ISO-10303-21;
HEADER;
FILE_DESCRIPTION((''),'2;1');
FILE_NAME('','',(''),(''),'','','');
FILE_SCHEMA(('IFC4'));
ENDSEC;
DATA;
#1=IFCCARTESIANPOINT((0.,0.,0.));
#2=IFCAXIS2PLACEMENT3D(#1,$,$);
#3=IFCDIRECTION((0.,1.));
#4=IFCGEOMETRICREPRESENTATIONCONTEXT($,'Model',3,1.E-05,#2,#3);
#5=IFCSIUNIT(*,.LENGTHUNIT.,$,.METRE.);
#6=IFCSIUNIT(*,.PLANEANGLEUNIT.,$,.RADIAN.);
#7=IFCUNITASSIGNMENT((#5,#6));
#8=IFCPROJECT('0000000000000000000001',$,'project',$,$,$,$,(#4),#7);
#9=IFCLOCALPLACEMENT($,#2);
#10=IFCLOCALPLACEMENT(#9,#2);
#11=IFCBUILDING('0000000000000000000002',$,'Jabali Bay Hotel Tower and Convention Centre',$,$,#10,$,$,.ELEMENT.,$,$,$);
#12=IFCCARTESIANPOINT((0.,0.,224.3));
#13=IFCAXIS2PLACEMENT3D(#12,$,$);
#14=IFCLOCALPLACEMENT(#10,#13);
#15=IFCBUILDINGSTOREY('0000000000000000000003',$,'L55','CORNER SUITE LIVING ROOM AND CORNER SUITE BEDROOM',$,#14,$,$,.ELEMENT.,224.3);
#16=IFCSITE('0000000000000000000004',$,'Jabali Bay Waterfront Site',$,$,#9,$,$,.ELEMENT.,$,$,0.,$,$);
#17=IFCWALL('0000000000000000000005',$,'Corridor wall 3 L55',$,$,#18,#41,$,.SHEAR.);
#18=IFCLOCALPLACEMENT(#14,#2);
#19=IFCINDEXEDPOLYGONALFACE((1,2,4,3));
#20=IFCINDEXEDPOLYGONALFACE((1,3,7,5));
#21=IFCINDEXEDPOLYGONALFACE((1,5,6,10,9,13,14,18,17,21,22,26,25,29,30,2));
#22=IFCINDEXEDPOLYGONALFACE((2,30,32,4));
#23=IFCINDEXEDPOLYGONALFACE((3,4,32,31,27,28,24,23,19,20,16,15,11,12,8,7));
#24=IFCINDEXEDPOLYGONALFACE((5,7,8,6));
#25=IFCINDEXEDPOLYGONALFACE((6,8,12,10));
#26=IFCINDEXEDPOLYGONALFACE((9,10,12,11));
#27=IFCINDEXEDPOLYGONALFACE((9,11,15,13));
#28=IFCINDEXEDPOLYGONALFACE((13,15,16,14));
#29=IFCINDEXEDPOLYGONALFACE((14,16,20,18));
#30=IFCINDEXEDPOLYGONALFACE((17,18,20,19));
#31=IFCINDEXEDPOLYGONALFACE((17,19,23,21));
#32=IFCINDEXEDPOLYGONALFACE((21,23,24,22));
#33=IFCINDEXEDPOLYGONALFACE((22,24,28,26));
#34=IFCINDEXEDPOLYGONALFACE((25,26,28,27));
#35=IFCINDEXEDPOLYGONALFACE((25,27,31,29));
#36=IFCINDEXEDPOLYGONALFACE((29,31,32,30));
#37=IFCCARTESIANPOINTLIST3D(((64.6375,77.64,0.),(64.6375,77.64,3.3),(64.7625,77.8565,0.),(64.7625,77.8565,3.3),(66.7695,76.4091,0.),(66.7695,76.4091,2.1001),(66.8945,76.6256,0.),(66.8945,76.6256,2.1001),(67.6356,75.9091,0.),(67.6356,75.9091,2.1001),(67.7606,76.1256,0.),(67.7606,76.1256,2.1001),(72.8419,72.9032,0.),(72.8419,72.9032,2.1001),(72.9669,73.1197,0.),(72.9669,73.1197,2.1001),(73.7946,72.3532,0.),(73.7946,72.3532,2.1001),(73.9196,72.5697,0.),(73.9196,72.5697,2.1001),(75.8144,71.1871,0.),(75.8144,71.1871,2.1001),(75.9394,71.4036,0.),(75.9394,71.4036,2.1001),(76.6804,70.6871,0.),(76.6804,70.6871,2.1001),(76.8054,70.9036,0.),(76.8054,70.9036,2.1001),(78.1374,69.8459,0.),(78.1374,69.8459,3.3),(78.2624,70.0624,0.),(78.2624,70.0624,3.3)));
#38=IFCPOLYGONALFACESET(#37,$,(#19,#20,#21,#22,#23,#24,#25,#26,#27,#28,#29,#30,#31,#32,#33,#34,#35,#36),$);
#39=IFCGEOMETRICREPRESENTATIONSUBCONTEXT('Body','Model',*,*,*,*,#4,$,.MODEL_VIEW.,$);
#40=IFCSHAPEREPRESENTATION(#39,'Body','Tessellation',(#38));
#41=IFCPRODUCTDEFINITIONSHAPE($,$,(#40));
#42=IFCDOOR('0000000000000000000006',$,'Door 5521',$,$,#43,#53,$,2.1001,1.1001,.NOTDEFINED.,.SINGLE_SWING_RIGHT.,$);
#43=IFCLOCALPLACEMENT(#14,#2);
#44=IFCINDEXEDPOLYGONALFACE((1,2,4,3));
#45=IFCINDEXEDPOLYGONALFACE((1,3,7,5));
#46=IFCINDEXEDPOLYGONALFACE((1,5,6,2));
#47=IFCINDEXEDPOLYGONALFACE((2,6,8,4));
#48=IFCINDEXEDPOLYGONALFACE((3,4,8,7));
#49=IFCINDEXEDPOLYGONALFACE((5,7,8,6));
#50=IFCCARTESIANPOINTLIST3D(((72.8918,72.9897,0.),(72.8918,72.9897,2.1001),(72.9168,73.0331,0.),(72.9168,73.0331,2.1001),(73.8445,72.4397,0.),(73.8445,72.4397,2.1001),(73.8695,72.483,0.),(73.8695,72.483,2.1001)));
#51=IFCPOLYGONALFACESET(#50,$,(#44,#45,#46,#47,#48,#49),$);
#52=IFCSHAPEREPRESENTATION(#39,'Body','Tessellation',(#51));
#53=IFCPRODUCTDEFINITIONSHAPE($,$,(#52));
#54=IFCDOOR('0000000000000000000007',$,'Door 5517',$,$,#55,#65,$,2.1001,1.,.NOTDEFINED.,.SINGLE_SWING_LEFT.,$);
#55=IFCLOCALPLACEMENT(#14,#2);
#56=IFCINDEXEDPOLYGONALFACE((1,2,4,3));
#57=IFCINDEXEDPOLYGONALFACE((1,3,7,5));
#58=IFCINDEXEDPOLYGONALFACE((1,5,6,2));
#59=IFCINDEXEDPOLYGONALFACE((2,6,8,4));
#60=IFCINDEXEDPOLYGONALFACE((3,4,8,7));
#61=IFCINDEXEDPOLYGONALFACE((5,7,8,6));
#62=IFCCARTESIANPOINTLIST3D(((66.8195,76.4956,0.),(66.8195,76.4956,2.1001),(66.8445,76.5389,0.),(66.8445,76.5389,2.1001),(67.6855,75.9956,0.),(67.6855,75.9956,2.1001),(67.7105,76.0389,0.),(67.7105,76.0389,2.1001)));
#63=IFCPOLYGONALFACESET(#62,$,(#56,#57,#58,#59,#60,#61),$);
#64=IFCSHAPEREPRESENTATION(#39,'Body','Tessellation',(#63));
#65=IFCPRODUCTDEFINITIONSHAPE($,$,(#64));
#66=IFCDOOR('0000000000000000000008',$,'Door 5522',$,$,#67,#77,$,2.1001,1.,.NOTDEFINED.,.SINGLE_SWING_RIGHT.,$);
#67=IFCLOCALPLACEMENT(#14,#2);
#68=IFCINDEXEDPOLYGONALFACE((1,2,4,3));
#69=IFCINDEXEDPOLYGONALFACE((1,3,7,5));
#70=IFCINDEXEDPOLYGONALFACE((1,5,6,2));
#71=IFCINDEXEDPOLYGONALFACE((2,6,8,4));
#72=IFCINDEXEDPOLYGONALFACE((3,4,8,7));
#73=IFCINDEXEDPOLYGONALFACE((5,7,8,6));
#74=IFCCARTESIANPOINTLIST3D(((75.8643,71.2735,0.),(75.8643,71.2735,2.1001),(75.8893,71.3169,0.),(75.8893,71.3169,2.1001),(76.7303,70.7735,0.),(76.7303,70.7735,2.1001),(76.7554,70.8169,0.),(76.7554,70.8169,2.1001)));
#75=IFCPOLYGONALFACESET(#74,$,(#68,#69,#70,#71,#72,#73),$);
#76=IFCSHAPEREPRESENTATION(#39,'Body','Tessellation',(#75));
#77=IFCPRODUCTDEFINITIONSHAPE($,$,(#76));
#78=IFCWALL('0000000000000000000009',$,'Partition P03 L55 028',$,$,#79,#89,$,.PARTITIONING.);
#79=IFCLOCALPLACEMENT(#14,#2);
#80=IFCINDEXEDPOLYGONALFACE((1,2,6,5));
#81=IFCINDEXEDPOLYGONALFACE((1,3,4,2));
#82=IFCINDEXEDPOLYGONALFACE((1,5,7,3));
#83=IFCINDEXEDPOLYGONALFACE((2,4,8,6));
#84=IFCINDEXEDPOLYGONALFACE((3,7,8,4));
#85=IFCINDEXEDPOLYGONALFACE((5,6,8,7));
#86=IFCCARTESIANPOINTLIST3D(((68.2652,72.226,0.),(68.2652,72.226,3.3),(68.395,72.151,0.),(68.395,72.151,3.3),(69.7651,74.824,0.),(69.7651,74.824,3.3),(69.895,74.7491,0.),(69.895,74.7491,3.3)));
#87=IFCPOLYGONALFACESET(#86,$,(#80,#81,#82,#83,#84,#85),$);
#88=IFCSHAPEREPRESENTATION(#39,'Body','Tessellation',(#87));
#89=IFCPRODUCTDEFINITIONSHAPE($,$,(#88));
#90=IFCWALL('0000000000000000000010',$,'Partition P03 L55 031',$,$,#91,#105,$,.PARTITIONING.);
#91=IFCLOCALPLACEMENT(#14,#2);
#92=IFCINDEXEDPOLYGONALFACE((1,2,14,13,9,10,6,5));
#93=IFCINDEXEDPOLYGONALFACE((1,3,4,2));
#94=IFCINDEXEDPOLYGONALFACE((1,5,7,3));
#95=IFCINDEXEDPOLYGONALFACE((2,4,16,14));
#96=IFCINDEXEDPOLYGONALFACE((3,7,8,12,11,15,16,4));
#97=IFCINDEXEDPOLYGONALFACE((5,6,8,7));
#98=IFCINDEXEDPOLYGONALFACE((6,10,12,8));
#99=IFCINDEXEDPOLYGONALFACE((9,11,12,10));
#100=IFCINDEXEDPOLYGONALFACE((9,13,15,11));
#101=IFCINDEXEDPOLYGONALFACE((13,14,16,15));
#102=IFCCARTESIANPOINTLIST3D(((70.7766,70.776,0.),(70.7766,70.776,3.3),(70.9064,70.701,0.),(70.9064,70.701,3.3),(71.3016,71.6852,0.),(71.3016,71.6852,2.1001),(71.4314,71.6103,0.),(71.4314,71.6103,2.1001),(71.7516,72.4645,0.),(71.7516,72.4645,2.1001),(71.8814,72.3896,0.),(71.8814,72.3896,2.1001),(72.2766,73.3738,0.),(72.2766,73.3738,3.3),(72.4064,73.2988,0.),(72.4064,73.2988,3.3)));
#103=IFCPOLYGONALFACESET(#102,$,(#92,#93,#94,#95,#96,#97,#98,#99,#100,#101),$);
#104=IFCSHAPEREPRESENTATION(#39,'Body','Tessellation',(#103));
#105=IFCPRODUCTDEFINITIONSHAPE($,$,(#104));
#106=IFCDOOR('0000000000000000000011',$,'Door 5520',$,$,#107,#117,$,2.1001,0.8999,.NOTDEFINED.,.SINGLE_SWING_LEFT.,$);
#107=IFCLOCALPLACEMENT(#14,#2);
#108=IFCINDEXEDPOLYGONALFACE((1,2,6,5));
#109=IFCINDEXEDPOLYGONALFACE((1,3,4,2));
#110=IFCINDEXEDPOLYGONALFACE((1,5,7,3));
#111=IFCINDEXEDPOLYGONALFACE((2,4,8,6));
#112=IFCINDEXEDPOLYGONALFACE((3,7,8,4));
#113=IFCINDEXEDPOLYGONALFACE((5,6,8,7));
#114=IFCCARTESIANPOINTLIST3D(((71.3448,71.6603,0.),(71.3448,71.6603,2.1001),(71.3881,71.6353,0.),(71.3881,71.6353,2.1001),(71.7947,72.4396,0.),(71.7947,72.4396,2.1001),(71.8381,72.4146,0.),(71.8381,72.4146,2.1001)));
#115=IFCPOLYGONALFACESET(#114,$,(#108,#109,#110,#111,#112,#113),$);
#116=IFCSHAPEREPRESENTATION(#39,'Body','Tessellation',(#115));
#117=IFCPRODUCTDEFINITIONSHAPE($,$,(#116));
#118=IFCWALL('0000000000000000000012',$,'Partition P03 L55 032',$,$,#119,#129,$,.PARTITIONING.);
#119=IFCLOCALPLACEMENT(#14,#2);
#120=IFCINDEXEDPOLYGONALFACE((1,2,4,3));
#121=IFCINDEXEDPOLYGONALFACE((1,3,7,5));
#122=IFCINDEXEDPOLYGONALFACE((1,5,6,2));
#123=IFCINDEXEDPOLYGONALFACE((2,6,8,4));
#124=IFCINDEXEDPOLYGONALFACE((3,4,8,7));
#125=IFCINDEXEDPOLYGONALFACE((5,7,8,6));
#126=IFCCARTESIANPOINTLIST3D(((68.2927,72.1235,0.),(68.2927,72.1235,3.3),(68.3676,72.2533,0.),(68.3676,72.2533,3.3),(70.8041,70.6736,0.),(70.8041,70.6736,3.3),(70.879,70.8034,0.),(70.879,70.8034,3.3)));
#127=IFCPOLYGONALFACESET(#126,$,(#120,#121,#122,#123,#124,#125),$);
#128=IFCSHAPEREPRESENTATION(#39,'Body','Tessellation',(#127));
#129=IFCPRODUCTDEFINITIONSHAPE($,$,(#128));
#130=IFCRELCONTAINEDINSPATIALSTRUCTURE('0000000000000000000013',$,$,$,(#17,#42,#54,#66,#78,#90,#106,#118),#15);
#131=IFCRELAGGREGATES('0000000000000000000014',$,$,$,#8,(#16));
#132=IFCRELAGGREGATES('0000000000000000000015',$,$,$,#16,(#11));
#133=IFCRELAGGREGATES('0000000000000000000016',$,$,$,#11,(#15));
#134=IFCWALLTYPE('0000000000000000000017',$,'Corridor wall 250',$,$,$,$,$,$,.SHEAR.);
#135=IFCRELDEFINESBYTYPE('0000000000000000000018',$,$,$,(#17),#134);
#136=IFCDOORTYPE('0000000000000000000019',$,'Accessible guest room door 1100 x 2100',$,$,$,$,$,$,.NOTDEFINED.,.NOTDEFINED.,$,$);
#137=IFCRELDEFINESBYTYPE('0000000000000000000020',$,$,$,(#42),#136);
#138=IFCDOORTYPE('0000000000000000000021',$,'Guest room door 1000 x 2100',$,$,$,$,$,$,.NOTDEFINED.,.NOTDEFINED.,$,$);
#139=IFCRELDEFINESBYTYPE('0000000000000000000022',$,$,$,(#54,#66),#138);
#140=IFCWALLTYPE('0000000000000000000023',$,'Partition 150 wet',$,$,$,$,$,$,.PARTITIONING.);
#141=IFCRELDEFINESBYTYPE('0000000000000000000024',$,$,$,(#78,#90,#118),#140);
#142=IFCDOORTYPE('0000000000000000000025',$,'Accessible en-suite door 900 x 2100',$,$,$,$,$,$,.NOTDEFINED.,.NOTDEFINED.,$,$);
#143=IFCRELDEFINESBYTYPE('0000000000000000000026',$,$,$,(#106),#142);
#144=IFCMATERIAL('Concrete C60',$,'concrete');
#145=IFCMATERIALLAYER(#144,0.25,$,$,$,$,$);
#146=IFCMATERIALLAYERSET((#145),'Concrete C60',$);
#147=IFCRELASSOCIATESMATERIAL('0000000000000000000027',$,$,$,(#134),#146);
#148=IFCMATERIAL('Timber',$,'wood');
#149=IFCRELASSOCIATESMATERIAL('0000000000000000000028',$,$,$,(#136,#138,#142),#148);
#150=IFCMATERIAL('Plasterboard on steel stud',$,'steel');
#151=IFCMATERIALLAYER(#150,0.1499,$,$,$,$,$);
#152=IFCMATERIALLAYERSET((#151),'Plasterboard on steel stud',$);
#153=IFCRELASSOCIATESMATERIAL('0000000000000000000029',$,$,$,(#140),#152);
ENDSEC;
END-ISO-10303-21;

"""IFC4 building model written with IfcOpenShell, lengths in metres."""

from ifc_helpers import new_model, si_unit, direction, frame, frame_2d, origin, place, context, subcontext, project, spatial, rectangle, extrude, material, layer, layer_set, type_object, element, fill, save


model = new_model("IFC4")

# Units and contexts
model_context = context("Model", 3, precision=1e-05, world=origin(), true_north=direction((0.0, 1.0)))
body_context = subcontext(model_context, "Body", "Model", "MODEL_VIEW")
ifc_project = project(units=[si_unit("LENGTHUNIT", "METRE"), si_unit("PLANEANGLEUNIT", "RADIAN")], contexts=[model_context])

# Site, building, storey
site_placement = place(None, origin())
site = spatial("IfcSite", under=ifc_project, at=site_placement, Name="Jabali Bay Waterfront Site", CompositionType="ELEMENT", RefElevation=0.0)
building_placement = place(site_placement, origin())
building = spatial("IfcBuilding", under=site, at=building_placement, Name="Jabali Bay Hotel Tower and Convention Centre", CompositionType="ELEMENT")
storey_placement = place(building_placement, frame((0.0, 0.0, 224.3)))
storey = spatial("IfcBuildingStorey", under=building, at=storey_placement, Name="L55", Description="CORNER SUITE LIVING ROOM AND CORNER SUITE BEDROOM", CompositionType="ELEMENT", Elevation=224.3)

# Shared definitions
ifc_material_1 = material(Name="Concrete C60", Category="concrete")

# Wall, openings, doors
ifc_layer_1 = layer(ifc_material_1, 0.25)
ifc_layer_set_1 = layer_set([ifc_layer_1], Name="Concrete C60")
wall_type_1 = type_object("IfcWallType", Name="Corridor wall 250", PredefinedType="SHEAR", material=ifc_layer_set_1)
wall_1_placement = place(storey_placement, frame((64.7, 77.7483, 0.0), z_axis=(0.0, 0.0, 1.0), x_axis=(0.866026, -0.499998, 0.0)))
wall_1 = element("IfcWall", 1, at=wall_1_placement, inside=storey, type_object=wall_type_1, Name="Corridor wall 3 L55", PredefinedType="SHEAR", context=body_context, shape_type="SweptSolid", body=[
    extrude(rectangle(XDim=15.5884, YDim=0.25, at=frame_2d((7.7942, 0.0))), origin(), (0.0, 0.0, 1.0), 3.3),
])
opening_1_placement = place(wall_1_placement, frame((2.4619, 0.0, 0.0)))
opening_1 = element("IfcOpeningElement", 2, at=opening_1_placement, cuts=wall_1, PredefinedType="OPENING", context=body_context, shape_type="SweptSolid", body=[
    extrude(rectangle(XDim=1.0, YDim=2.1001, at=frame_2d((0.5, 1.05))), frame((0.0, 0.1355, 0.0), z_axis=(0.0, -1.0, 0.0), x_axis=(1.0, 0.0, 0.0)), (0.0, 0.0, 1.0), 0.271),
])
opening_2_placement = place(wall_1_placement, frame((9.4736, 0.0, 0.0)))
opening_2 = element("IfcOpeningElement", 3, at=opening_2_placement, cuts=wall_1, PredefinedType="OPENING", context=body_context, shape_type="SweptSolid", body=[
    extrude(rectangle(XDim=1.1001, YDim=2.1001, at=frame_2d((0.55, 1.05))), frame((0.0, 0.1355, 0.0), z_axis=(0.0, -1.0, 0.0), x_axis=(1.0, 0.0, 0.0)), (0.0, 0.0, 1.0), 0.271),
])
opening_3_placement = place(wall_1_placement, frame((12.906, 0.0, 0.0)))
opening_3 = element("IfcOpeningElement", 4, at=opening_3_placement, cuts=wall_1, PredefinedType="OPENING", context=body_context, shape_type="SweptSolid", body=[
    extrude(rectangle(XDim=1.0, YDim=2.1001, at=frame_2d((0.5, 1.05))), frame((0.0, 0.1355, 0.0), z_axis=(0.0, -1.0, 0.0), x_axis=(1.0, 0.0, 0.0)), (0.0, 0.0, 1.0), 0.271),
])
ifc_material_2 = material(Name="Timber", Category="wood")
door_type_1 = type_object("IfcDoorType", Name="Accessible guest room door 1100 x 2100", OperationType="NOTDEFINED", PredefinedType="NOTDEFINED", material=ifc_material_2)
door_1_placement = place(opening_2_placement, origin())
door_1 = element("IfcDoor", 5, at=door_1_placement, inside=storey, type_object=door_type_1, Name="Door 5521", OperationType="SINGLE_SWING_RIGHT", OverallHeight=2.1001, OverallWidth=1.1001, PredefinedType="NOTDEFINED", context=body_context, shape_type="SweptSolid", body=[
    extrude(rectangle(XDim=1.1001, YDim=2.1001, at=frame_2d((0.55, 1.05))), frame((0.0, 0.0249, 0.0), z_axis=(0.0, -1.0, 0.0), x_axis=(1.0, 0.0, 0.0)), (0.0, 0.0, 1.0), 0.05),
])
fill(opening_2, door_1)
door_type_2 = type_object("IfcDoorType", Name="Guest room door 1000 x 2100", OperationType="NOTDEFINED", PredefinedType="NOTDEFINED", material=ifc_material_2)
door_2_placement = place(opening_1_placement, origin())
door_2 = element("IfcDoor", 6, at=door_2_placement, inside=storey, type_object=door_type_2, Name="Door 5517", OperationType="SINGLE_SWING_LEFT", OverallHeight=2.1001, OverallWidth=1.0, PredefinedType="NOTDEFINED", context=body_context, shape_type="SweptSolid", body=[
    extrude(rectangle(XDim=1.0, YDim=2.1001, at=frame_2d((0.5, 1.05))), frame((0.0, 0.0249, 0.0), z_axis=(0.0, -1.0, 0.0), x_axis=(1.0, 0.0, 0.0)), (0.0, 0.0, 1.0), 0.05),
])
fill(opening_1, door_2)
door_3_placement = place(opening_3_placement, origin())
door_3 = element("IfcDoor", 7, at=door_3_placement, inside=storey, type_object=door_type_2, Name="Door 5522", OperationType="SINGLE_SWING_RIGHT", OverallHeight=2.1001, OverallWidth=1.0, PredefinedType="NOTDEFINED", context=body_context, shape_type="SweptSolid", body=[
    extrude(rectangle(XDim=1.0, YDim=2.1001, at=frame_2d((0.5, 1.05))), frame((0.0, 0.0249, 0.0), z_axis=(0.0, -1.0, 0.0), x_axis=(1.0, 0.0, 0.0)), (0.0, 0.0, 1.0), 0.05),
])
fill(opening_3, door_3)

# Wall
ifc_material_3 = material(Name="Plasterboard on steel stud", Category="steel")
ifc_layer_2 = layer(ifc_material_3, 0.1499)
ifc_layer_set_2 = layer_set([ifc_layer_2], Name="Plasterboard on steel stud")
wall_type_2 = type_object("IfcWallType", Name="Partition 150 wet", PredefinedType="PARTITIONING", material=ifc_layer_set_2)
wall_2_placement = place(storey_placement, frame((68.3301, 72.1885, 0.0), z_axis=(0.0, 0.0, 1.0), x_axis=(0.49999, 0.866031, 0.0)))
element("IfcWall", 8, at=wall_2_placement, inside=storey, type_object=wall_type_2, Name="Partition P03 L55 028", PredefinedType="PARTITIONING", context=body_context, shape_type="SweptSolid", body=[
    extrude(rectangle(XDim=3.0, YDim=0.1499, at=frame_2d((1.5, 0.0))), origin(), (0.0, 0.0, 1.0), 3.3),
])

# Wall, opening, door
wall_3_placement = place(storey_placement, frame((72.3416, 73.3364, 0.0), z_axis=(0.0, 0.0, 1.0), x_axis=(-0.500025, -0.866011, 0.0)))
wall_3 = element("IfcWall", 9, at=wall_3_placement, inside=storey, type_object=wall_type_2, Name="Partition P03 L55 031", PredefinedType="PARTITIONING", context=body_context, shape_type="SweptSolid", body=[
    extrude(rectangle(XDim=2.9998, YDim=0.1499, at=frame_2d((1.5, 0.0))), origin(), (0.0, 0.0, 1.0), 3.3),
])
opening_4_placement = place(wall_3_placement, frame((1.05, 0.0, 0.0)))
opening_4 = element("IfcOpeningElement", 10, at=opening_4_placement, cuts=wall_3, PredefinedType="OPENING", context=body_context, shape_type="SweptSolid", body=[
    extrude(rectangle(XDim=0.8999, YDim=2.1001, at=frame_2d((0.45, 1.05))), frame((0.0, 0.0854, 0.0), z_axis=(0.0, -1.0, 0.0), x_axis=(1.0, 0.0, 0.0)), (0.0, 0.0, 1.0), 0.1709),
])
door_type_3 = type_object("IfcDoorType", Name="Accessible en-suite door 900 x 2100", OperationType="NOTDEFINED", PredefinedType="NOTDEFINED", material=ifc_material_2)
door_4_placement = place(opening_4_placement, origin())
door_4 = element("IfcDoor", 11, at=door_4_placement, inside=storey, type_object=door_type_3, Name="Door 5520", OperationType="SINGLE_SWING_LEFT", OverallHeight=2.1001, OverallWidth=0.8999, PredefinedType="NOTDEFINED", context=body_context, shape_type="SweptSolid", body=[
    extrude(rectangle(XDim=0.8999, YDim=2.1001, at=frame_2d((0.45, 1.05))), frame((0.0, 0.0249, 0.0), z_axis=(0.0, -1.0, 0.0), x_axis=(1.0, 0.0, 0.0)), (0.0, 0.0, 1.0), 0.05),
])
fill(opening_4, door_4)

# Wall
wall_4_placement = place(storey_placement, frame((70.8416, 70.7385, 0.0), z_axis=(0.0, 0.0, 1.0), x_axis=(-0.866033, 0.499987, 0.0)))
element("IfcWall", 12, at=wall_4_placement, inside=storey, type_object=wall_type_2, Name="Partition P03 L55 032", PredefinedType="PARTITIONING", context=body_context, shape_type="SweptSolid", body=[
    extrude(rectangle(XDim=2.8999, YDim=0.1499, at=frame_2d((1.45, 0.0))), origin(), (0.0, 0.0, 1.0), 3.3),
])

save(model, "model.ifc")
